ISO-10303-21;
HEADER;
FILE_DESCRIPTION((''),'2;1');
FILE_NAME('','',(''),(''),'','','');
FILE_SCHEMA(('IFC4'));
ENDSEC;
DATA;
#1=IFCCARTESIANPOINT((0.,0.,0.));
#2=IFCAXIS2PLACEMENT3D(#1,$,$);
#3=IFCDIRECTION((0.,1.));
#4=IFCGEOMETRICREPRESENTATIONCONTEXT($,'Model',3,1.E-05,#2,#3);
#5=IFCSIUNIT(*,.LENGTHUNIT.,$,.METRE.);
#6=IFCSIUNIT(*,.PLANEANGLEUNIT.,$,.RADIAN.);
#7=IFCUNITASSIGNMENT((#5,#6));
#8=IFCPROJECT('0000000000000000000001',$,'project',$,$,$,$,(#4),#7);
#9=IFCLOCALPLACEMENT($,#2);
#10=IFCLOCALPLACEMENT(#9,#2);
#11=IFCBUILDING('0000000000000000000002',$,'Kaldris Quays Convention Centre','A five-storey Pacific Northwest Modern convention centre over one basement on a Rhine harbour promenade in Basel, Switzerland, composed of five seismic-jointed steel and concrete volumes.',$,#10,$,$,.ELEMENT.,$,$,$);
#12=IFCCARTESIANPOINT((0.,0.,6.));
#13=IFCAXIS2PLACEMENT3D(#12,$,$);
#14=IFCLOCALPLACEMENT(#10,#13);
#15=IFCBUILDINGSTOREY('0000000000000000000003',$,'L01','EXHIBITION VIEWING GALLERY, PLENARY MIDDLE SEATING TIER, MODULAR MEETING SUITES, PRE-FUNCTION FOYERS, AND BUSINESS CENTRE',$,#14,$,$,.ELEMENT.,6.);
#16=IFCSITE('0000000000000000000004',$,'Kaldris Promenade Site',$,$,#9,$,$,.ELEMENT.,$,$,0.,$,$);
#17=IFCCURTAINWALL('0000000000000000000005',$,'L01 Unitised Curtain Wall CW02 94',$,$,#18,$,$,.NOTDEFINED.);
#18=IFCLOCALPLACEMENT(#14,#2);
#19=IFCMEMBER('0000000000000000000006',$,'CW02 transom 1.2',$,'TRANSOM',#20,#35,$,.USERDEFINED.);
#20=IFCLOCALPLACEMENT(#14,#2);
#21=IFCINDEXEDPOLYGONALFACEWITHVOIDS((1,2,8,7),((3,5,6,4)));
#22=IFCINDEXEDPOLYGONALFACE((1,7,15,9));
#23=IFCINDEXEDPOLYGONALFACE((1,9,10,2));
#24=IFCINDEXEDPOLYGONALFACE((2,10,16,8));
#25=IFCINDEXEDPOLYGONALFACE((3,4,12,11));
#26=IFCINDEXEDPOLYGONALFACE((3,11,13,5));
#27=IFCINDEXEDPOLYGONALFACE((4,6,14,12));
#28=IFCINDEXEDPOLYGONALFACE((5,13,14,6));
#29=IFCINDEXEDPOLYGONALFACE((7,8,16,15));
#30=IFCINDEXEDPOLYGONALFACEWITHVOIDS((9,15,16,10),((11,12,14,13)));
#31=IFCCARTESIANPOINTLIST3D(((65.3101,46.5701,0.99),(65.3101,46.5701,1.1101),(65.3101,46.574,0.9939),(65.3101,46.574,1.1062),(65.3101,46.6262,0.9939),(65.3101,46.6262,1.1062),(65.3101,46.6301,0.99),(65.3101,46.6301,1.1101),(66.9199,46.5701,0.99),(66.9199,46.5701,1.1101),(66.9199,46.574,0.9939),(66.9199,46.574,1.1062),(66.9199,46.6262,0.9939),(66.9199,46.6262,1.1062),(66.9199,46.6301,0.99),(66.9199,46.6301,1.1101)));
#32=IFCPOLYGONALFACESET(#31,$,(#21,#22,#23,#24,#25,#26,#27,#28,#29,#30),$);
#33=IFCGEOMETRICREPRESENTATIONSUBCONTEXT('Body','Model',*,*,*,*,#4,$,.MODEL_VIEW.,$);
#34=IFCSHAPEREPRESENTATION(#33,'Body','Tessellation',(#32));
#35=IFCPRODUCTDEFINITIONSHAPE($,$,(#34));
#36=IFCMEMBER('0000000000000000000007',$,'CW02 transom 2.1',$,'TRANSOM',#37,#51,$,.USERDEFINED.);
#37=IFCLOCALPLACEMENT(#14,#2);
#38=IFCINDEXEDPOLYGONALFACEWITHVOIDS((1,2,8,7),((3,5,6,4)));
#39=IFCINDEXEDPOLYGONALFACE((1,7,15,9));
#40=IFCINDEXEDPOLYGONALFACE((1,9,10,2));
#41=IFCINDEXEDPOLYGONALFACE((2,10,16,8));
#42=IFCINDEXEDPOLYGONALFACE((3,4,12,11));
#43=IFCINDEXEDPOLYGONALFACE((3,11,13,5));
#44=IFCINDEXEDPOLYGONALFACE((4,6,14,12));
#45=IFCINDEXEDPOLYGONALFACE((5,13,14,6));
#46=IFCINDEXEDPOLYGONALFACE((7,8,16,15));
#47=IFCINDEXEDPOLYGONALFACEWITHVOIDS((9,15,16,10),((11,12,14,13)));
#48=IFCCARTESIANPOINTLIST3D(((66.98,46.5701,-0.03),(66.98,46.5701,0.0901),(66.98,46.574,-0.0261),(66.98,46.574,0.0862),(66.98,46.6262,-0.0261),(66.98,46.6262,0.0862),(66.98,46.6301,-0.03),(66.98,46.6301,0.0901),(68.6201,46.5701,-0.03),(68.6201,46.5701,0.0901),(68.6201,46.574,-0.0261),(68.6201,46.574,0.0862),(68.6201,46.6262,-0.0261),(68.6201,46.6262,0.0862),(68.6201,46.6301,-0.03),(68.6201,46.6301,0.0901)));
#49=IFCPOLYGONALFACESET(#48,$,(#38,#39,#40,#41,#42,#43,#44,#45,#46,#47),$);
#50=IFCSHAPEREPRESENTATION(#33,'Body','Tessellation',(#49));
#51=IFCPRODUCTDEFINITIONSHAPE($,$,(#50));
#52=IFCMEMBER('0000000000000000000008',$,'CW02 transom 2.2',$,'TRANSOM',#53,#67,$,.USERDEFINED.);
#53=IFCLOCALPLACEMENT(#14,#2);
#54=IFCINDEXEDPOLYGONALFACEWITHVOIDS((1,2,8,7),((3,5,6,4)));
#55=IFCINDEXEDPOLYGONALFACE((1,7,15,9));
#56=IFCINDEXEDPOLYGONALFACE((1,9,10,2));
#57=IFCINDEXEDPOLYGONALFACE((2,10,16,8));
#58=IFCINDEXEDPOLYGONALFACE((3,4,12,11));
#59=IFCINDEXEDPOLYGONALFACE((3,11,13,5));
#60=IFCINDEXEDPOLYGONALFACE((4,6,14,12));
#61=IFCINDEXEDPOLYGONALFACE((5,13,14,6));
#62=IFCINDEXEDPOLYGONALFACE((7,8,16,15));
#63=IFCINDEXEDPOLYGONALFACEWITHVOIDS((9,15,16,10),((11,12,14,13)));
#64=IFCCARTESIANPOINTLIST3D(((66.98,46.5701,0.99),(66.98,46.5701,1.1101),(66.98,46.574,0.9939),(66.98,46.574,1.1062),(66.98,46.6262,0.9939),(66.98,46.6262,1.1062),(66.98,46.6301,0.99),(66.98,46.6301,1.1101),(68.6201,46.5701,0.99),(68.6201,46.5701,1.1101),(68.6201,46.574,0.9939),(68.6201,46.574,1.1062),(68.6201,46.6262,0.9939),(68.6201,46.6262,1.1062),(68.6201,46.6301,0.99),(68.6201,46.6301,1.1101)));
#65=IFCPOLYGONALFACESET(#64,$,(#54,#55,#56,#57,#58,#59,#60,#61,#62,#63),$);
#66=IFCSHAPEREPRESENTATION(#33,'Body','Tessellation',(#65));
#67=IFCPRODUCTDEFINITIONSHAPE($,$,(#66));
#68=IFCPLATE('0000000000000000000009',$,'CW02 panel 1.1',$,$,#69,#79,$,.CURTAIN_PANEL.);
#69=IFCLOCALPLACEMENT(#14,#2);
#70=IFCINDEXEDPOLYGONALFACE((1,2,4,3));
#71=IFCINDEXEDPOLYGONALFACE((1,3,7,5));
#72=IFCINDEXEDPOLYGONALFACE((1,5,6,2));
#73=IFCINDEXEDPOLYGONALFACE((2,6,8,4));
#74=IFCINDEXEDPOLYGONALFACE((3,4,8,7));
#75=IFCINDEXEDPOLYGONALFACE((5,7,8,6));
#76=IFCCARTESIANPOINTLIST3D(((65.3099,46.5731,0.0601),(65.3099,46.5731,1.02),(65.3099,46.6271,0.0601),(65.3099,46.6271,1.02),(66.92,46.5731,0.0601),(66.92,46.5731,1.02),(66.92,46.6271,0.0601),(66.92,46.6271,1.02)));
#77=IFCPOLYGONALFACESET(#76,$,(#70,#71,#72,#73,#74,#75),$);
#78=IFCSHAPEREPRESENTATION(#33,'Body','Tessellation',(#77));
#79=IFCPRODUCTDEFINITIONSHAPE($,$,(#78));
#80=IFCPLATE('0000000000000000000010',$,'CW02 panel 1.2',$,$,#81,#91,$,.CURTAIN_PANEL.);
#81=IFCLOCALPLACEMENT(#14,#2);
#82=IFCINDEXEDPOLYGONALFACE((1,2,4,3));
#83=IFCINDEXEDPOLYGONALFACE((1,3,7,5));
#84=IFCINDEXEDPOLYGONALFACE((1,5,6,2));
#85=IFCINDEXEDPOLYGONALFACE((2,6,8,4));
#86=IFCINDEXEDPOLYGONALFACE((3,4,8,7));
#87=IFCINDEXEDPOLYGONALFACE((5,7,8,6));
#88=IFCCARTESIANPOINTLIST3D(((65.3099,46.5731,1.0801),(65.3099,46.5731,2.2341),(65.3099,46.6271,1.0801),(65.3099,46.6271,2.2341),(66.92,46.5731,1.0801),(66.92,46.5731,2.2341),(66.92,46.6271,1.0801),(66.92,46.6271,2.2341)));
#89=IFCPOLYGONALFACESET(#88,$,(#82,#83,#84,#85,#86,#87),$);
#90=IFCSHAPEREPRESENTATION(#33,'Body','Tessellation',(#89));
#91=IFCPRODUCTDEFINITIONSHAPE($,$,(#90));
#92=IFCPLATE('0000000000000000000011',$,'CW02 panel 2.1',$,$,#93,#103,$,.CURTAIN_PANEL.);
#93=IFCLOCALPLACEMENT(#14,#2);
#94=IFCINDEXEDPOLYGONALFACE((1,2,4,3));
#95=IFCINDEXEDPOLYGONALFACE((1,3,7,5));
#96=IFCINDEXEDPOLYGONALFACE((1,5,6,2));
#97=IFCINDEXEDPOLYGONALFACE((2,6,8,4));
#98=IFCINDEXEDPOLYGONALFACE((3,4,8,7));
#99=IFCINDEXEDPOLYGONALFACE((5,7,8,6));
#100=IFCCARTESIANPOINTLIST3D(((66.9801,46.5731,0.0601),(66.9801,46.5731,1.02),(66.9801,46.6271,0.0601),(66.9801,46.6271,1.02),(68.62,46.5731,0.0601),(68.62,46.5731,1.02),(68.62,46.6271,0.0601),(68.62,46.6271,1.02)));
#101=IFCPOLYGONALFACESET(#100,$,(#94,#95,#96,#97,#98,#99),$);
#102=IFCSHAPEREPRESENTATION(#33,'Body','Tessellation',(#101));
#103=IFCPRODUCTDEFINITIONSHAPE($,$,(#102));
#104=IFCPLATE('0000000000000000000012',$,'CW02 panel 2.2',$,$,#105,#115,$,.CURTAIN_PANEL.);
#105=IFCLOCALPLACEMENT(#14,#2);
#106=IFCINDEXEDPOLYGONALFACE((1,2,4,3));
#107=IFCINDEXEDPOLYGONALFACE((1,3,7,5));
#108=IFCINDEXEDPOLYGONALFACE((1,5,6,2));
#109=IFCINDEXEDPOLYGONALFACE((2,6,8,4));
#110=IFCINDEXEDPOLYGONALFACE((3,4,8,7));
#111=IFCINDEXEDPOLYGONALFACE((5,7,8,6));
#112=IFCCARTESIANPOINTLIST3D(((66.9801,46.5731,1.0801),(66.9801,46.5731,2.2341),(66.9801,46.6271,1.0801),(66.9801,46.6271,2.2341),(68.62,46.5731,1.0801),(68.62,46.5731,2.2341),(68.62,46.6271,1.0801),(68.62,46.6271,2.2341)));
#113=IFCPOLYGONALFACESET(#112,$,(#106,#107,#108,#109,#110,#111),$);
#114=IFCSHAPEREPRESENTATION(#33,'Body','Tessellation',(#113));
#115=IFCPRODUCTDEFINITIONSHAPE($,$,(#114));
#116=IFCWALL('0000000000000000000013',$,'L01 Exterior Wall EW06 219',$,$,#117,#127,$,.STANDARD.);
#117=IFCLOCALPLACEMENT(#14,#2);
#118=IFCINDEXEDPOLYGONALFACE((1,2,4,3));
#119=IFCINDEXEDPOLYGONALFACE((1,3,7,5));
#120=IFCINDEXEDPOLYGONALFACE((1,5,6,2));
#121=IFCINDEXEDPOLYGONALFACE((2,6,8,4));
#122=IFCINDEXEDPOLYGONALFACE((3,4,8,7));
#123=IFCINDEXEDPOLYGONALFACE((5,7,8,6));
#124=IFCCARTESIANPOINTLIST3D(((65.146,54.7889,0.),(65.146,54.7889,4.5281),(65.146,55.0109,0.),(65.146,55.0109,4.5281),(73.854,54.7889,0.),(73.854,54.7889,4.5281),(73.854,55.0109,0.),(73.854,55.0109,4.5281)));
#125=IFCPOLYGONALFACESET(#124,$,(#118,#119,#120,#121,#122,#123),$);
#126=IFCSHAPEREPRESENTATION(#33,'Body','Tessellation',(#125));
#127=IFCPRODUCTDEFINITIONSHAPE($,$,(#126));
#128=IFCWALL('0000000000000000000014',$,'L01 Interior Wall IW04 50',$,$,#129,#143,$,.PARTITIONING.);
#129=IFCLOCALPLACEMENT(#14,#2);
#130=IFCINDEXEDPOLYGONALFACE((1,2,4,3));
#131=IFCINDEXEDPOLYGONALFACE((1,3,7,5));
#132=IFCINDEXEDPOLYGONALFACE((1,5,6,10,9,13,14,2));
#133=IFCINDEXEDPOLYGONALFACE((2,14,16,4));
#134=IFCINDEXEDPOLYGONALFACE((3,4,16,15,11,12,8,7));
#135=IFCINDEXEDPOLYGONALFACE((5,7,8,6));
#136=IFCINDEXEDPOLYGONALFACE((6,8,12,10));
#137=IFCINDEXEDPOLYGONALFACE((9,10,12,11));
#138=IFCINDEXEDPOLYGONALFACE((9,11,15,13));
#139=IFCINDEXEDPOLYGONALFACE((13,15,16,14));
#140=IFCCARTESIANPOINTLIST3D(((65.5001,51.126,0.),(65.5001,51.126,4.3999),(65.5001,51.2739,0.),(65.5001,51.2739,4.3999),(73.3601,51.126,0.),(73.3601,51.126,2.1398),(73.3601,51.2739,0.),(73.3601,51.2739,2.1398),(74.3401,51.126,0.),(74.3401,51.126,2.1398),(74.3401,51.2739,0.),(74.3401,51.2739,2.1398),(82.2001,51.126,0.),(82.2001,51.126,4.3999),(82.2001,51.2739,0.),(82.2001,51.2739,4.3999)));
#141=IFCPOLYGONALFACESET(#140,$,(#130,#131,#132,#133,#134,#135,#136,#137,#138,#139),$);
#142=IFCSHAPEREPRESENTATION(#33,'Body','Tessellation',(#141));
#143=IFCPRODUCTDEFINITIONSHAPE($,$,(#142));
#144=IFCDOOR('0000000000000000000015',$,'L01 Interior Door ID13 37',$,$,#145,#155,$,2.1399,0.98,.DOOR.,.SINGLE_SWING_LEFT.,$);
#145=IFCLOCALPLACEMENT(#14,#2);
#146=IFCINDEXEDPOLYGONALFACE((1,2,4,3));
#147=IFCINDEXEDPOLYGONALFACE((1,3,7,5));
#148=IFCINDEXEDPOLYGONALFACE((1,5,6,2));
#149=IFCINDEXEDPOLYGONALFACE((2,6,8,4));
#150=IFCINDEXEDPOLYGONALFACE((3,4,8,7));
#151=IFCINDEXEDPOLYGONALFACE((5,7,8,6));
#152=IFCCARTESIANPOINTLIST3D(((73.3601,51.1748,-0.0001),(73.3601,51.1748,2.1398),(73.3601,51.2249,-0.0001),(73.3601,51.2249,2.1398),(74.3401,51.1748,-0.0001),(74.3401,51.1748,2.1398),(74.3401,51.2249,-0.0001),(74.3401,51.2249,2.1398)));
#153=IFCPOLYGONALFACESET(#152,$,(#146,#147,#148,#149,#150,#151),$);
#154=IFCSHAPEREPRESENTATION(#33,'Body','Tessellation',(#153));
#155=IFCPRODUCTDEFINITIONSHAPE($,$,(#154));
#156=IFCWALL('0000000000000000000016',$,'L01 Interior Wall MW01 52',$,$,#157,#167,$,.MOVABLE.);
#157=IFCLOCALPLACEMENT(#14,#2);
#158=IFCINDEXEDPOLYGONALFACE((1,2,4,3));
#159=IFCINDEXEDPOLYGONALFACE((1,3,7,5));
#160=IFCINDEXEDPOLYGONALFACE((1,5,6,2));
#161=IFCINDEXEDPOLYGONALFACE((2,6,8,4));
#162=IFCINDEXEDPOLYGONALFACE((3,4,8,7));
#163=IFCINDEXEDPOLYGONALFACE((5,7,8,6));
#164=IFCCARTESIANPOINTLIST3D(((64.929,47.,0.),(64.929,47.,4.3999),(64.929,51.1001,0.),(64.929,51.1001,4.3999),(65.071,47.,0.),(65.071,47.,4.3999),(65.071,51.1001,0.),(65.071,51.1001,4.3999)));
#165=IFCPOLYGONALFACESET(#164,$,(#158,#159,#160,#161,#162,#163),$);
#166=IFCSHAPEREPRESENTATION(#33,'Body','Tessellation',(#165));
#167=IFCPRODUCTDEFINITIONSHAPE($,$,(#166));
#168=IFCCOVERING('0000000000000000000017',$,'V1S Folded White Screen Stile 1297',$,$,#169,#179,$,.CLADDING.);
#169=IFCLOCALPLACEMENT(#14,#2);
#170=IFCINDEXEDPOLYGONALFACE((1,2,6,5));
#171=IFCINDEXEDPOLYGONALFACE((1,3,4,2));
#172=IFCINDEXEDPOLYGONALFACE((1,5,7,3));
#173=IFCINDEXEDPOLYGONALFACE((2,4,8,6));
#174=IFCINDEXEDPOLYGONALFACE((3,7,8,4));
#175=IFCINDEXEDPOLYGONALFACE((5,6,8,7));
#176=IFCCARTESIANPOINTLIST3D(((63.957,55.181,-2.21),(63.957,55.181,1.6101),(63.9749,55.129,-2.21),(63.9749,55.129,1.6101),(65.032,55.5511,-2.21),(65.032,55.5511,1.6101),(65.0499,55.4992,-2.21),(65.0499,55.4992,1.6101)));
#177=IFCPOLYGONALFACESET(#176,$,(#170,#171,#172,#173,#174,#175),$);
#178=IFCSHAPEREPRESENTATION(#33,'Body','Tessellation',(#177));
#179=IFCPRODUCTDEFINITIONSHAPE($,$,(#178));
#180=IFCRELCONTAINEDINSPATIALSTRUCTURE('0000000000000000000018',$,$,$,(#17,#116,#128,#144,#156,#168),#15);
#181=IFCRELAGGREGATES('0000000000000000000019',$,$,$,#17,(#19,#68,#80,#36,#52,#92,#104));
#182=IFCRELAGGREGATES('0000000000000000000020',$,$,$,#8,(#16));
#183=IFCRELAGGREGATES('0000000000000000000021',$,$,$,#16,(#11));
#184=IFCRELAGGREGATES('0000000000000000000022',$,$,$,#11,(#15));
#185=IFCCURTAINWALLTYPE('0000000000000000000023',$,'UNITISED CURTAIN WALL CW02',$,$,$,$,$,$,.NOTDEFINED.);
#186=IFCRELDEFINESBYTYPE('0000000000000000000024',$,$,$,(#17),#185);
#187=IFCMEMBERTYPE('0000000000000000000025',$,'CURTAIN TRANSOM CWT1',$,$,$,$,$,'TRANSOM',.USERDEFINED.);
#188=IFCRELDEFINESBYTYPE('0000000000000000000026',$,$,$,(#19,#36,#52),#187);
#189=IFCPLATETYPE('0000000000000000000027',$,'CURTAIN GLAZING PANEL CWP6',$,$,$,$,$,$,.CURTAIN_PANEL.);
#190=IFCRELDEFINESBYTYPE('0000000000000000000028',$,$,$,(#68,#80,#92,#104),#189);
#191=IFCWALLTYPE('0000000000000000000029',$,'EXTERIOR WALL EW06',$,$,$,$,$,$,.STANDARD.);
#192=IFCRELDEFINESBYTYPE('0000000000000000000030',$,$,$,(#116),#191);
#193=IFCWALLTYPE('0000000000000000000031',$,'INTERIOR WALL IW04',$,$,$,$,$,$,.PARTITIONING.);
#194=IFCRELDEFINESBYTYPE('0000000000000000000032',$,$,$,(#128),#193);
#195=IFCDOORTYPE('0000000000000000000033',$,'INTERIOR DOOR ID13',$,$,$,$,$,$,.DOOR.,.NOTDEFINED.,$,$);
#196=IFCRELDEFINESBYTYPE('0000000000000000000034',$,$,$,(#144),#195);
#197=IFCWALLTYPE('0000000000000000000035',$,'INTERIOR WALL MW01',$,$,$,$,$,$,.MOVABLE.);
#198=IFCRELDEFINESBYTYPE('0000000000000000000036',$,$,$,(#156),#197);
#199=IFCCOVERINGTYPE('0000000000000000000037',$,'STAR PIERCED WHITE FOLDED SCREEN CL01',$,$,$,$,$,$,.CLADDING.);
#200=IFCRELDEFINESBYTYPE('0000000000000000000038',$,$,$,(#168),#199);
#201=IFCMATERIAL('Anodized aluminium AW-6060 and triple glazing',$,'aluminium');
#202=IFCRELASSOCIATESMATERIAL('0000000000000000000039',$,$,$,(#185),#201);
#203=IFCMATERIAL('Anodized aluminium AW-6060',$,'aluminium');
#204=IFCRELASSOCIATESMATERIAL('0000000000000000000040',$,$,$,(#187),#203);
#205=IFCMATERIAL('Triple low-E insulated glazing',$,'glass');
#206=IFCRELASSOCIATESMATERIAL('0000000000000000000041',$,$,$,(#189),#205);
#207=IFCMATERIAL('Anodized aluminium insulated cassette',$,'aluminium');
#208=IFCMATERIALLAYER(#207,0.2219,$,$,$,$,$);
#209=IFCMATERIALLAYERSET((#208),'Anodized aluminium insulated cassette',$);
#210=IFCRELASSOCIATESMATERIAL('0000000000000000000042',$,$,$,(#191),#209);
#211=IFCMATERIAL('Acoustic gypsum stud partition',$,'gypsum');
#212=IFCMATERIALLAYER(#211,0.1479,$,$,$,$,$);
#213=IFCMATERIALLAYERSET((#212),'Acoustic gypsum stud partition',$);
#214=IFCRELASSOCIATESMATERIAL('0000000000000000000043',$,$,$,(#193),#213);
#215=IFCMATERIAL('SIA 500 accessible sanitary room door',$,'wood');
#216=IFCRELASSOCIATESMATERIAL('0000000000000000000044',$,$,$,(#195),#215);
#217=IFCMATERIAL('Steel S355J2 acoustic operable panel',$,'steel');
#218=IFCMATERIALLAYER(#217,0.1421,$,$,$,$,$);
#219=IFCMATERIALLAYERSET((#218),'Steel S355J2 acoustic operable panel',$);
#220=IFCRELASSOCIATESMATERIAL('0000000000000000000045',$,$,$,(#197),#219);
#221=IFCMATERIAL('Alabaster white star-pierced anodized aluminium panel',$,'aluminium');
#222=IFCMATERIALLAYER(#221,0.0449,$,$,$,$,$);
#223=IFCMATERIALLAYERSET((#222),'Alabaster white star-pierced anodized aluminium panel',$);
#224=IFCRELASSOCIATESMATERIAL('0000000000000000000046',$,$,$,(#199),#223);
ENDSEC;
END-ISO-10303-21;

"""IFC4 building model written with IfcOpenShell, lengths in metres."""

from ifc_helpers import new_model, si_unit, direction, frame, frame_2d, origin, origin_2d, place, context, subcontext, project, spatial, rectangle, hollow_rectangle, extrude, material, layer, layer_set, material_profile, profile_set, type_object, element, fill, aggregate, save


model = new_model("IFC4")

# Units and contexts
model_context = context("Model", 3, precision=1e-05, world=origin(), true_north=direction((0.0, 1.0)))
body_context = subcontext(model_context, "Body", "Model", "MODEL_VIEW")
ifc_project = project(units=[si_unit("LENGTHUNIT", "METRE"), si_unit("PLANEANGLEUNIT", "RADIAN")], contexts=[model_context])

# Site, building, storey
site_placement = place(None, origin())
site = spatial("IfcSite", under=ifc_project, at=site_placement, Name="Kaldris Promenade Site", CompositionType="ELEMENT", RefElevation=0.0)
building_placement = place(site_placement, origin())
building = spatial("IfcBuilding", under=site, at=building_placement, Name="Kaldris Quays Convention Centre", Description="A five-storey Pacific Northwest Modern convention centre over one basement on a Rhine harbour promenade in Basel, Switzerland, composed of five seismic-jointed steel and concrete volumes.", CompositionType="ELEMENT")
storey_placement = place(building_placement, frame((0.0, 0.0, 6.0)))
storey = spatial("IfcBuildingStorey", under=building, at=storey_placement, Name="L01", Description="EXHIBITION VIEWING GALLERY, PLENARY MIDDLE SEATING TIER, MODULAR MEETING SUITES, PRE-FUNCTION FOYERS, AND BUSINESS CENTRE", CompositionType="ELEMENT", Elevation=6.0)

# Shared definitions
ifc_material_1 = material(Name="Anodized aluminium AW-6060 and triple glazing", Category="aluminium")
curtain_wall_type = type_object("IfcCurtainWallType", Name="UNITISED CURTAIN WALL CW02", PredefinedType="NOTDEFINED", material=ifc_material_1)
ifc_material_2 = material(Name="Anodized aluminium AW-6060", Category="aluminium")

# Curtain wall, members, plates
curtain_wall_1_placement = place(storey_placement, origin())
curtain_wall_1 = element("IfcCurtainWall", 1, at=curtain_wall_1_placement, inside=storey, type_object=curtain_wall_type, Name="L01 Unitised Curtain Wall CW02 94", PredefinedType="NOTDEFINED")
ifc_material_profile_1 = material_profile(ifc_material_2, hollow_rectangle(XDim=0.0601, YDim=0.1201, WallThickness=0.0039, at=origin_2d()), Name="RHS 120x60x4")
ifc_profile_set_1 = profile_set([ifc_material_profile_1], Name="Anodized aluminium AW-6060")
member_type_1 = type_object("IfcMemberType", Name="CURTAIN TRANSOM CWT1", ElementType="TRANSOM", PredefinedType="USERDEFINED", material=ifc_profile_set_1)
member_1_placement = place(storey_placement, frame((65.3101, 46.6001, 1.05), z_axis=(1.0, 0.0, 0.0), x_axis=(0.0, 1.0, 0.0)))
member_1 = element("IfcMember", 2, at=member_1_placement, type_object=member_type_1, Name="CW02 transom 1.2", ObjectType="TRANSOM", PredefinedType="USERDEFINED", context=body_context, shape_type="SweptSolid", body=[
    extrude(hollow_rectangle(XDim=0.0601, YDim=0.1201, WallThickness=0.0039, at=origin_2d()), origin(), (0.0, 0.0, 1.0), 1.6099),
])
member_2_placement = place(storey_placement, frame((66.98, 46.6001, 0.03), z_axis=(1.0, 0.0, 0.0), x_axis=(0.0, 1.0, 0.0)))
member_2 = element("IfcMember", 3, at=member_2_placement, type_object=member_type_1, Name="CW02 transom 2.1", ObjectType="TRANSOM", PredefinedType="USERDEFINED", context=body_context, shape_type="SweptSolid", body=[
    extrude(hollow_rectangle(XDim=0.0601, YDim=0.1201, WallThickness=0.0039, at=origin_2d()), origin(), (0.0, 0.0, 1.0), 1.6401),
])
member_3_placement = place(storey_placement, frame((66.98, 46.6001, 1.05), z_axis=(1.0, 0.0, 0.0), x_axis=(0.0, 1.0, 0.0)))
member_3 = element("IfcMember", 4, at=member_3_placement, type_object=member_type_1, Name="CW02 transom 2.2", ObjectType="TRANSOM", PredefinedType="USERDEFINED", context=body_context, shape_type="SweptSolid", body=[
    extrude(hollow_rectangle(XDim=0.0601, YDim=0.1201, WallThickness=0.0039, at=origin_2d()), origin(), (0.0, 0.0, 1.0), 1.6401),
])
ifc_material_3 = material(Name="Triple low-E insulated glazing", Category="glass")
plate_type = type_object("IfcPlateType", Name="CURTAIN GLAZING PANEL CWP6", PredefinedType="CURTAIN_PANEL", material=ifc_material_3)
plate_1_placement = place(storey_placement, frame((66.115, 46.6001, 0.0601), z_axis=(0.0, 0.0, 1.0), x_axis=(1.0, 0.0, 0.0)))
plate_1 = element("IfcPlate", 5, at=plate_1_placement, type_object=plate_type, Name="CW02 panel 1.1", PredefinedType="CURTAIN_PANEL", context=body_context, shape_type="SweptSolid", body=[
    extrude(rectangle(XDim=1.6101, YDim=0.054, at=origin_2d()), origin(), (0.0, 0.0, 1.0), 0.96),
])
plate_2_placement = place(storey_placement, frame((66.115, 46.6001, 1.0801), z_axis=(0.0, 0.0, 1.0), x_axis=(1.0, 0.0, 0.0)))
plate_2 = element("IfcPlate", 6, at=plate_2_placement, type_object=plate_type, Name="CW02 panel 1.2", PredefinedType="CURTAIN_PANEL", context=body_context, shape_type="SweptSolid", body=[
    extrude(rectangle(XDim=1.6101, YDim=0.054, at=origin_2d()), origin(), (0.0, 0.0, 1.0), 1.1541),
])
plate_3_placement = place(storey_placement, frame((67.8, 46.6001, 0.0601), z_axis=(0.0, 0.0, 1.0), x_axis=(1.0, 0.0, 0.0)))
plate_3 = element("IfcPlate", 7, at=plate_3_placement, type_object=plate_type, Name="CW02 panel 2.1", PredefinedType="CURTAIN_PANEL", context=body_context, shape_type="SweptSolid", body=[
    extrude(rectangle(XDim=1.6399, YDim=0.054, at=origin_2d()), origin(), (0.0, 0.0, 1.0), 0.96),
])
plate_4_placement = place(storey_placement, frame((67.8, 46.6001, 1.0801), z_axis=(0.0, 0.0, 1.0), x_axis=(1.0, 0.0, 0.0)))
plate_4 = element("IfcPlate", 8, at=plate_4_placement, type_object=plate_type, Name="CW02 panel 2.2", PredefinedType="CURTAIN_PANEL", context=body_context, shape_type="SweptSolid", body=[
    extrude(rectangle(XDim=1.6399, YDim=0.054, at=origin_2d()), origin(), (0.0, 0.0, 1.0), 1.1541),
])
aggregate(curtain_wall_1, [member_1, plate_1, plate_2, member_2, member_3, plate_3, plate_4])

# Wall
ifc_material_4 = material(Name="Anodized aluminium insulated cassette", Category="aluminium")
ifc_layer_1 = layer(ifc_material_4, 0.2219)
ifc_layer_set_1 = layer_set([ifc_layer_1], Name="Anodized aluminium insulated cassette")
wall_type_1 = type_object("IfcWallType", Name="EXTERIOR WALL EW06", PredefinedType="STANDARD", material=ifc_layer_set_1)
wall_1_placement = place(storey_placement, frame((65.146, 54.8999, 0.0), z_axis=(0.0, 0.0, 1.0), x_axis=(1.0, 0.0, 0.0)))
element("IfcWall", 9, at=wall_1_placement, inside=storey, type_object=wall_type_1, Name="L01 Exterior Wall EW06 219", PredefinedType="STANDARD", context=body_context, shape_type="SweptSolid", body=[
    extrude(rectangle(XDim=8.708, YDim=0.2219, at=frame_2d((4.354, 0.0))), origin(), (0.0, 0.0, 1.0), 4.5281),
])

# Wall, opening, door
ifc_material_5 = material(Name="Acoustic gypsum stud partition", Category="gypsum")
ifc_layer_2 = layer(ifc_material_5, 0.1479)
ifc_layer_set_2 = layer_set([ifc_layer_2], Name="Acoustic gypsum stud partition")
wall_type_2 = type_object("IfcWallType", Name="INTERIOR WALL IW04", PredefinedType="PARTITIONING", material=ifc_layer_set_2)
wall_2_placement = place(storey_placement, frame((65.5, 51.2, 0.0), z_axis=(0.0, 0.0, 1.0), x_axis=(1.0, 0.0, 0.0)))
wall_2 = element("IfcWall", 10, at=wall_2_placement, inside=storey, type_object=wall_type_2, Name="L01 Interior Wall IW04 50", PredefinedType="PARTITIONING", context=body_context, shape_type="SweptSolid", body=[
    extrude(rectangle(XDim=16.7, YDim=0.1479, at=frame_2d((8.3501, 0.0))), origin(), (0.0, 0.0, 1.0), 4.3999),
])
opening_placement = place(wall_2_placement, frame((7.8601, 0.0, 0.0)))
opening = element("IfcOpeningElement", 11, at=opening_placement, cuts=wall_2, PredefinedType="OPENING", context=body_context, shape_type="SweptSolid", body=[
    extrude(rectangle(XDim=0.98, YDim=2.1399, at=frame_2d((0.49, 1.0698))), frame((0.0, 0.084, 0.0), z_axis=(0.0, -1.0, 0.0), x_axis=(1.0, 0.0, 0.0)), (0.0, 0.0, 1.0), 0.168),
])
ifc_material_6 = material(Name="SIA 500 accessible sanitary room door", Category="wood")
door_type = type_object("IfcDoorType", Name="INTERIOR DOOR ID13", OperationType="NOTDEFINED", PredefinedType="DOOR", material=ifc_material_6)
door_placement = place(opening_placement, origin())
door = element("IfcDoor", 12, at=door_placement, inside=storey, type_object=door_type, Name="L01 Interior Door ID13 37", OperationType="SINGLE_SWING_LEFT", OverallHeight=2.1399, OverallWidth=0.98, PredefinedType="DOOR", context=body_context, shape_type="SweptSolid", body=[
    extrude(rectangle(XDim=0.98, YDim=2.1399, at=frame_2d((0.49, 1.0698))), frame((0.0, 0.0249, 0.0), z_axis=(0.0, -1.0, 0.0), x_axis=(1.0, 0.0, 0.0)), (0.0, 0.0, 1.0), 0.05),
])
fill(opening, door)

# Wall
ifc_material_7 = material(Name="Steel S355J2 acoustic operable panel", Category="steel")
ifc_layer_3 = layer(ifc_material_7, 0.1421)
ifc_layer_set_3 = layer_set([ifc_layer_3], Name="Steel S355J2 acoustic operable panel")
wall_type_3 = type_object("IfcWallType", Name="INTERIOR WALL MW01", PredefinedType="MOVABLE", material=ifc_layer_set_3)
wall_3_placement = place(storey_placement, frame((65.0, 47.0, 0.0), z_axis=(0.0, 0.0, 1.0), x_axis=(0.0, 1.0, 0.0)))
element("IfcWall", 13, at=wall_3_placement, inside=storey, type_object=wall_type_3, Name="L01 Interior Wall MW01 52", PredefinedType="MOVABLE", context=body_context, shape_type="SweptSolid", body=[
    extrude(rectangle(XDim=4.1001, YDim=0.1421, at=frame_2d((2.05, 0.0))), origin(), (0.0, 0.0, 1.0), 4.3999),
])

# Covering
ifc_material_8 = material(Name="Alabaster white star-pierced anodized aluminium panel", Category="aluminium")
ifc_layer_4 = layer(ifc_material_8, 0.0449)
ifc_layer_set_4 = layer_set([ifc_layer_4], Name="Alabaster white star-pierced anodized aluminium panel")
covering_type = type_object("IfcCoveringType", Name="STAR PIERCED WHITE FOLDED SCREEN CL01", PredefinedType="CLADDING", material=ifc_layer_set_4)
for number, where, z_axis, x_axis, name in (
    (14, (64.5034, 55.3401, -2.21), (0.0, 0.0, 1.0), (0.945519, 0.325568, 0.0), "V1S Folded White Screen Stile 1297"),
):
    element("IfcCovering", number, at=place(storey_placement, frame(where, z_axis=z_axis, x_axis=x_axis)), inside=storey, type_object=covering_type, Name=name, PredefinedType="CLADDING", context=body_context, shape_type="SweptSolid", body=[
        extrude(rectangle(XDim=1.137, YDim=0.0549, at=origin_2d()), origin(), (0.0, 0.0, 1.0), 3.8201),
    ])

save(model, "model.ifc")
